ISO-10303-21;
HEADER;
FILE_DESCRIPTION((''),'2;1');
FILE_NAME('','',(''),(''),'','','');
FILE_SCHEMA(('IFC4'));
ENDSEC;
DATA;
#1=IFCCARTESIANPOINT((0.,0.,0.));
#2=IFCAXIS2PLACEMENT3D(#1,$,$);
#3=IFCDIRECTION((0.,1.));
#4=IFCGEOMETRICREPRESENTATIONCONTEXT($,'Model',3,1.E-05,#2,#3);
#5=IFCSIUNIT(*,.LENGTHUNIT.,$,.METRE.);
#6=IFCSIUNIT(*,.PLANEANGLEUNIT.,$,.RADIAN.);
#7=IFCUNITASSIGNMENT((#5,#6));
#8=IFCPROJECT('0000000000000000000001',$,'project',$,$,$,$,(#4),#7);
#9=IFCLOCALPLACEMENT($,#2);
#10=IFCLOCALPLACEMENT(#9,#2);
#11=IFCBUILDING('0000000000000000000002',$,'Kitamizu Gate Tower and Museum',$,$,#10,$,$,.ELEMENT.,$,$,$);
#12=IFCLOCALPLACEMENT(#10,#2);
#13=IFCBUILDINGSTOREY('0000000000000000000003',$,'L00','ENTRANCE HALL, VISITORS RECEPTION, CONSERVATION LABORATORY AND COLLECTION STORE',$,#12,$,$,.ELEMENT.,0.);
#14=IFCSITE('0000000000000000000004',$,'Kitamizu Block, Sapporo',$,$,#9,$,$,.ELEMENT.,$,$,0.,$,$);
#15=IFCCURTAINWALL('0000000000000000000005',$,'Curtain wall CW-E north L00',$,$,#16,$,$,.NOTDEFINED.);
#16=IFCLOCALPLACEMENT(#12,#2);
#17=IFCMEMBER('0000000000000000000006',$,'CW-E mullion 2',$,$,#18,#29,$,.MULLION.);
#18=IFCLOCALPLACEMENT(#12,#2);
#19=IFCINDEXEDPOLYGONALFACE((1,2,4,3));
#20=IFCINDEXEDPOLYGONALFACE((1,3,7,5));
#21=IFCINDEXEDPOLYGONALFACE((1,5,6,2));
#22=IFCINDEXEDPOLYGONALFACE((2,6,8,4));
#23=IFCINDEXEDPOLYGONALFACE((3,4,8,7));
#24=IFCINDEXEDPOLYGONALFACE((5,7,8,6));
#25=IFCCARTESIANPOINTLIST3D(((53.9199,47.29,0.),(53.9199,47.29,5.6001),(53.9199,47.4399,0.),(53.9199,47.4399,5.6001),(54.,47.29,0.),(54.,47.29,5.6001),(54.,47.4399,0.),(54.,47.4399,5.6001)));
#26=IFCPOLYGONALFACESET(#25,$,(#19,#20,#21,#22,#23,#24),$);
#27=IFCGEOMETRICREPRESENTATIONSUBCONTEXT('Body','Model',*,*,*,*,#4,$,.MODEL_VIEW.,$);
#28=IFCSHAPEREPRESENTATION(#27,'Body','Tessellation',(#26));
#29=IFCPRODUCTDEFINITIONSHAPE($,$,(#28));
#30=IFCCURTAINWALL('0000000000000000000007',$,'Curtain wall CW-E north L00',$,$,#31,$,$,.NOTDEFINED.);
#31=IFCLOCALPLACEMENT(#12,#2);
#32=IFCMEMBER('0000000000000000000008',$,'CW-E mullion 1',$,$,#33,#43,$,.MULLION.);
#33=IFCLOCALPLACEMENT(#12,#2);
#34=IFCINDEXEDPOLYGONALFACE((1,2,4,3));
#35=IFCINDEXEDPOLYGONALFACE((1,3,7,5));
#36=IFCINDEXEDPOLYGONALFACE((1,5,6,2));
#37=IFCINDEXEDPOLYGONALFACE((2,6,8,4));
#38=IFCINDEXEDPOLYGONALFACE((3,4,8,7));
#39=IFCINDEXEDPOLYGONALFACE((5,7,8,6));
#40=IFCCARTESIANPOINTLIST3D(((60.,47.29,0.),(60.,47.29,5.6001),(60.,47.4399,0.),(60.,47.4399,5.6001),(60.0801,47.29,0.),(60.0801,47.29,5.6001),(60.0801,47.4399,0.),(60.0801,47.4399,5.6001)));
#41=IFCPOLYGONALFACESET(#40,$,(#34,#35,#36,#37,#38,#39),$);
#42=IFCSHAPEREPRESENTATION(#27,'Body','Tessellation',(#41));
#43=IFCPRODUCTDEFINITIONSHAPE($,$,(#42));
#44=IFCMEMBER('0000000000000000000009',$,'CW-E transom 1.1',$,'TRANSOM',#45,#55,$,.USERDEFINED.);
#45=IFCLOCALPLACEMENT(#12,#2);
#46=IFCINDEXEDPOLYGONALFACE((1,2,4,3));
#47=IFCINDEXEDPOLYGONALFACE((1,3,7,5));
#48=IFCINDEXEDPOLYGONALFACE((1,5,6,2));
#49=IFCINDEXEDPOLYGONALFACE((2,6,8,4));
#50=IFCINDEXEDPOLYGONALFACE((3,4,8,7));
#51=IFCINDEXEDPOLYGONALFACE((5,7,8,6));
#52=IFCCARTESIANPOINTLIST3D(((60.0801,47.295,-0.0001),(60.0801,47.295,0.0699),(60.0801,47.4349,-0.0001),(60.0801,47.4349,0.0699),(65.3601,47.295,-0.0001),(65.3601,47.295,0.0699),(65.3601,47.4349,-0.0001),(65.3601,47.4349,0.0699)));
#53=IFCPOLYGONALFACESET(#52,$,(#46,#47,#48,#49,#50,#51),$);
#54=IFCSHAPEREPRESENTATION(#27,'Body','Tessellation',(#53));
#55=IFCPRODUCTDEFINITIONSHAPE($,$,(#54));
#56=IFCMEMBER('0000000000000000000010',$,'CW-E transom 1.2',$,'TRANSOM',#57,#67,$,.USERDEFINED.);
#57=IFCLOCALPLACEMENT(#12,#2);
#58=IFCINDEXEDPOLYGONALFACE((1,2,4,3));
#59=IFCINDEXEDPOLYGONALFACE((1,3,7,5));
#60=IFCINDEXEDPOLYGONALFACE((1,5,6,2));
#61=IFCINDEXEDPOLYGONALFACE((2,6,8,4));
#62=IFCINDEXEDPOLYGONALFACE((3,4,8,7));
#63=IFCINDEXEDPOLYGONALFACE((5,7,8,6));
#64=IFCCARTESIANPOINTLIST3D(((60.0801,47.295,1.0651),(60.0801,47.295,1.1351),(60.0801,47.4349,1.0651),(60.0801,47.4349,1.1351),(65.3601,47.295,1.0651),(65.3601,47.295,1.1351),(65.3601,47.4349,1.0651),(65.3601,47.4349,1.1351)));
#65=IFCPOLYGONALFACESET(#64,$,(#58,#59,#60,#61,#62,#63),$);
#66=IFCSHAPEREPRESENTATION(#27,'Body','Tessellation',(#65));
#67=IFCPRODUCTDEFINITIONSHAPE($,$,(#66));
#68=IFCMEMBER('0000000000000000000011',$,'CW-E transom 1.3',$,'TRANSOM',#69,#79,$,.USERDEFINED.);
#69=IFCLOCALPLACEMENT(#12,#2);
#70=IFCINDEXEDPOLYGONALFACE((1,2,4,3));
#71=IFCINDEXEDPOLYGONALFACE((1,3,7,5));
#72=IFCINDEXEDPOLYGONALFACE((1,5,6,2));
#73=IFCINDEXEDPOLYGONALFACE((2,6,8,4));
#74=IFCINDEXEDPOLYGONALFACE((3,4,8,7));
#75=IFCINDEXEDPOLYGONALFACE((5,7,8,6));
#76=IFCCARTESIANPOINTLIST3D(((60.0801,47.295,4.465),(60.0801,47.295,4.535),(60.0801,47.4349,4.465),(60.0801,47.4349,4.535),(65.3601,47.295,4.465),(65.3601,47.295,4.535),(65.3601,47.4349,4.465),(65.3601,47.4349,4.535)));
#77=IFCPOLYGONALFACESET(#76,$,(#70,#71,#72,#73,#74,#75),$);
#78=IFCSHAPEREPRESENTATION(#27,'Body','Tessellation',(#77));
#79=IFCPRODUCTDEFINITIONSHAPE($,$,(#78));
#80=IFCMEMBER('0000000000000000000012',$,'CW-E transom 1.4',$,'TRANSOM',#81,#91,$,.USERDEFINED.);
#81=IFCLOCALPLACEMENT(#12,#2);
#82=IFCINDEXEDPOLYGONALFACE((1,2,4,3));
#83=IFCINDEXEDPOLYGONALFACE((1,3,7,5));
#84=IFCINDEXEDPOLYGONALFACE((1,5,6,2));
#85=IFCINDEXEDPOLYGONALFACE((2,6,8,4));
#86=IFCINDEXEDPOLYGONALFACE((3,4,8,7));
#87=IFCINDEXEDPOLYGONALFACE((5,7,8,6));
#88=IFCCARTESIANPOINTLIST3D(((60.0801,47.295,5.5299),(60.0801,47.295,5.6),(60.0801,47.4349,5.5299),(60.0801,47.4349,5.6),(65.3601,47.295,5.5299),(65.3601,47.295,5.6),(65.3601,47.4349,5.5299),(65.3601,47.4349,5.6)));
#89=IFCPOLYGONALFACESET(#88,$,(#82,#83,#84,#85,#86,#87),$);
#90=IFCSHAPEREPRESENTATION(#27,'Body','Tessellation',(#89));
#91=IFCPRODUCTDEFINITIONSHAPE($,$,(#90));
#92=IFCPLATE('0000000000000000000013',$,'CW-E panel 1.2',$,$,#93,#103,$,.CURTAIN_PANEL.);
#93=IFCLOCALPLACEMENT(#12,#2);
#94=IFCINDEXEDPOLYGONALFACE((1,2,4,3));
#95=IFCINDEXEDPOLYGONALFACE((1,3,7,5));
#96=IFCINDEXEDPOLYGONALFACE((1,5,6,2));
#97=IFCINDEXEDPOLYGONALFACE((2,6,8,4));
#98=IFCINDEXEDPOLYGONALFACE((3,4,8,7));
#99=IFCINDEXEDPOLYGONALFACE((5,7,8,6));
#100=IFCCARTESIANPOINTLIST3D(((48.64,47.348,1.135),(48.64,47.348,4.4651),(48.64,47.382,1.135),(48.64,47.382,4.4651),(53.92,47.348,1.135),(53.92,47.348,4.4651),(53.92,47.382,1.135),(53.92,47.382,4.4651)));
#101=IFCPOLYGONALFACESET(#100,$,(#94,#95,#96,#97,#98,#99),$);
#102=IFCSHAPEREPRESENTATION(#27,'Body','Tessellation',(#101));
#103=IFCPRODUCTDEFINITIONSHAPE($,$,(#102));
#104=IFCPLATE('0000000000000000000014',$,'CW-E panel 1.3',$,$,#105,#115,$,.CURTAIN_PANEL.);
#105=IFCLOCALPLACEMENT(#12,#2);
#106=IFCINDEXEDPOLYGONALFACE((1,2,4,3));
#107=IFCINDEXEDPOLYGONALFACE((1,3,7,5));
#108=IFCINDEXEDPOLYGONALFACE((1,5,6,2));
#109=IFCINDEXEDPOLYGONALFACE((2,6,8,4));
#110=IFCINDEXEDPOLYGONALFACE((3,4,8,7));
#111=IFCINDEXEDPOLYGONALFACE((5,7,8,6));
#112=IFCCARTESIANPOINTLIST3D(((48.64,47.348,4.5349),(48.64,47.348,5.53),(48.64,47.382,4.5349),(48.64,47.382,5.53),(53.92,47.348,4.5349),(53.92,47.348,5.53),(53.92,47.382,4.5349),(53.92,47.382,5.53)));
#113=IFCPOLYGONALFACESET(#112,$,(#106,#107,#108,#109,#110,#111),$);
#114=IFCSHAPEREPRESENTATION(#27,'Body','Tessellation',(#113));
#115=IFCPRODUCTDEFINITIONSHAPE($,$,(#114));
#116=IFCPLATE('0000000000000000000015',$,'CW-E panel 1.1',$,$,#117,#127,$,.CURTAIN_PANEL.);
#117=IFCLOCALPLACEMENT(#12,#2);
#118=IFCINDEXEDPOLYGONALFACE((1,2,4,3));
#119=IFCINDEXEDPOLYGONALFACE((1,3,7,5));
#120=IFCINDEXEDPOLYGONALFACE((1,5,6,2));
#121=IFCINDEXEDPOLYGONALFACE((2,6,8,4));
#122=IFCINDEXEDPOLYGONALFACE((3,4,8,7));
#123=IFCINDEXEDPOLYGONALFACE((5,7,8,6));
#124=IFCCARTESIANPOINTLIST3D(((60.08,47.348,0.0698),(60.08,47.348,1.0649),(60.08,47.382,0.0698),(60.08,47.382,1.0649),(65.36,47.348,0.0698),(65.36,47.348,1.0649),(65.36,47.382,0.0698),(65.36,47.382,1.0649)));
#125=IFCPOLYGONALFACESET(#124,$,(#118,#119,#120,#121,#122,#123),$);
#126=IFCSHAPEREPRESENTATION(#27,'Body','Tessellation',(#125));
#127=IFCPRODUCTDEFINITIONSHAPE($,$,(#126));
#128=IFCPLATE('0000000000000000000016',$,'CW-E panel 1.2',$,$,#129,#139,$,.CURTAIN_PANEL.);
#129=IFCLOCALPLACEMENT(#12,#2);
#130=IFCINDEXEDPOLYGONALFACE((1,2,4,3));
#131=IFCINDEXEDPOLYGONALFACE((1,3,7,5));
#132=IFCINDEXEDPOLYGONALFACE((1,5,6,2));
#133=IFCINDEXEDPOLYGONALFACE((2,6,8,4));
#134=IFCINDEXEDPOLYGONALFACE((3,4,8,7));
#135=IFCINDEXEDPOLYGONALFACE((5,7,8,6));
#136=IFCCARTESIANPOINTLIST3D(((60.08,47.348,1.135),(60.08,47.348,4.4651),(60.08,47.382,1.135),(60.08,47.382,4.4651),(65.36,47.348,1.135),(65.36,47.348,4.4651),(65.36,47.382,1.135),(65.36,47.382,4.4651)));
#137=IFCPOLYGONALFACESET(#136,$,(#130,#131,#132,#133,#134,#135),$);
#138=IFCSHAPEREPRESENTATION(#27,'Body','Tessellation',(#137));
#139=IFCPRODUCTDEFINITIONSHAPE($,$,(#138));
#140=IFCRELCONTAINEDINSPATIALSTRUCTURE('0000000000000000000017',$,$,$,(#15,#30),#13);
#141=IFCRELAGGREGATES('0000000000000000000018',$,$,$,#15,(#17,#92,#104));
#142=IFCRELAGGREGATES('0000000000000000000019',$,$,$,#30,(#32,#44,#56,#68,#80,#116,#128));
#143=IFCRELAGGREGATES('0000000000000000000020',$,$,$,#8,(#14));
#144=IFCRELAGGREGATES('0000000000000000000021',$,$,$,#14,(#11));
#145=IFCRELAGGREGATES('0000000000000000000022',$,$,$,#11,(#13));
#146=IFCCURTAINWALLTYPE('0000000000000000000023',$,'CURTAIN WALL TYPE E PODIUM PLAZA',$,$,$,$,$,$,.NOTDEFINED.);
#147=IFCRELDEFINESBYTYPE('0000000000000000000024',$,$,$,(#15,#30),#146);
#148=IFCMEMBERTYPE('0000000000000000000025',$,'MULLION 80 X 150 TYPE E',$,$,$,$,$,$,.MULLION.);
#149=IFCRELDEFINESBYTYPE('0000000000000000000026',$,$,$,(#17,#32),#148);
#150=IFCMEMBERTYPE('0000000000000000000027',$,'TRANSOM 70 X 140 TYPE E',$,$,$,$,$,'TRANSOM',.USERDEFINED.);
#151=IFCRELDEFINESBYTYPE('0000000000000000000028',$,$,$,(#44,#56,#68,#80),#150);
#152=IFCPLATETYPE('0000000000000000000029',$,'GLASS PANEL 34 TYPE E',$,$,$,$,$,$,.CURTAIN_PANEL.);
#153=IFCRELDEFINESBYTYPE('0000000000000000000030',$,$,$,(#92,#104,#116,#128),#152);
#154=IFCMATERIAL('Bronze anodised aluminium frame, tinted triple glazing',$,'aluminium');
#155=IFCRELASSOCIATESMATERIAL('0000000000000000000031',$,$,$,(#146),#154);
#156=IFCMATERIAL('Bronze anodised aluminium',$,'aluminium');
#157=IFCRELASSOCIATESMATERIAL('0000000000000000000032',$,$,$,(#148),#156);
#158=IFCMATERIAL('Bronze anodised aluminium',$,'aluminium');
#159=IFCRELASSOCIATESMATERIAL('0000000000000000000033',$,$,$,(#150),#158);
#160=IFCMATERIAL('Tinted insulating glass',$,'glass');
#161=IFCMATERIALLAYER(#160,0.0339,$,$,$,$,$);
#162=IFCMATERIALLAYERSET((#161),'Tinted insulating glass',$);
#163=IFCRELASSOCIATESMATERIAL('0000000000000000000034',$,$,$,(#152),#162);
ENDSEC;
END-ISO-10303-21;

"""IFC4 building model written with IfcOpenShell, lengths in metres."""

from ifc_helpers import new_model, si_unit, direction, frame, origin, origin_2d, place, context, subcontext, project, spatial, rectangle, extrude, material, layer, layer_set, material_profile, profile_set, type_object, element, aggregate, save


model = new_model("IFC4")

# Units and contexts
model_context = context("Model", 3, precision=1e-05, world=origin(), true_north=direction((0.0, 1.0)))
body_context = subcontext(model_context, "Body", "Model", "MODEL_VIEW")
ifc_project = project(units=[si_unit("LENGTHUNIT", "METRE"), si_unit("PLANEANGLEUNIT", "RADIAN")], contexts=[model_context])

# Site, building, storey
site_placement = place(None, origin())
site = spatial("IfcSite", under=ifc_project, at=site_placement, Name="Kitamizu Block, Sapporo", CompositionType="ELEMENT", RefElevation=0.0)
building_placement = place(site_placement, origin())
building = spatial("IfcBuilding", under=site, at=building_placement, Name="Kitamizu Gate Tower and Museum", CompositionType="ELEMENT")
storey_placement = place(building_placement, origin())
storey = spatial("IfcBuildingStorey", under=building, at=storey_placement, Name="L00", Description="ENTRANCE HALL, VISITORS RECEPTION, CONSERVATION LABORATORY AND COLLECTION STORE", CompositionType="ELEMENT", Elevation=0.0)

# Curtain wall, member
ifc_material_1 = material(Name="Bronze anodised aluminium frame, tinted triple glazing", Category="aluminium")
curtain_wall_type = type_object("IfcCurtainWallType", Name="CURTAIN WALL TYPE E PODIUM PLAZA", PredefinedType="NOTDEFINED", material=ifc_material_1)
curtain_wall_1_placement = place(storey_placement, origin())
curtain_wall_1 = element("IfcCurtainWall", 1, at=curtain_wall_1_placement, inside=storey, type_object=curtain_wall_type, Name="Curtain wall CW-E north L00", PredefinedType="NOTDEFINED")
ifc_material_2 = material(Name="Bronze anodised aluminium", Category="aluminium")
ifc_material_profile_1 = material_profile(ifc_material_2, rectangle(XDim=0.0801, YDim=0.1499, at=origin_2d()), Name="AL 80X150")
ifc_profile_set_1 = profile_set([ifc_material_profile_1], Name="Bronze anodised aluminium")
member_type_1 = type_object("IfcMemberType", Name="MULLION 80 X 150 TYPE E", PredefinedType="MULLION", material=ifc_profile_set_1)
member_1_placement = place(storey_placement, frame((53.96, 47.365, 0.0), z_axis=(0.0, 0.0, 1.0), x_axis=(1.0, 0.0, 0.0)))
member_1 = element("IfcMember", 2, at=member_1_placement, type_object=member_type_1, Name="CW-E mullion 2", PredefinedType="MULLION", context=body_context, shape_type="SweptSolid", body=[
    extrude(rectangle(XDim=0.0801, YDim=0.1499, at=origin_2d()), origin(), (0.0, 0.0, 1.0), 5.6001),
])

# Curtain wall, members
curtain_wall_2_placement = place(storey_placement, origin())
curtain_wall_2 = element("IfcCurtainWall", 3, at=curtain_wall_2_placement, inside=storey, type_object=curtain_wall_type, Name="Curtain wall CW-E north L00", PredefinedType="NOTDEFINED")
member_2_placement = place(storey_placement, frame((60.04, 47.365, 0.0), z_axis=(0.0, 0.0, 1.0), x_axis=(1.0, 0.0, 0.0)))
member_2 = element("IfcMember", 4, at=member_2_placement, type_object=member_type_1, Name="CW-E mullion 1", PredefinedType="MULLION", context=body_context, shape_type="SweptSolid", body=[
    extrude(rectangle(XDim=0.0801, YDim=0.1499, at=origin_2d()), origin(), (0.0, 0.0, 1.0), 5.6001),
])
ifc_material_3 = material(Name="Bronze anodised aluminium", Category="aluminium")
ifc_material_profile_2 = material_profile(ifc_material_3, rectangle(XDim=0.1399, YDim=0.0701, at=origin_2d()), Name="AL 70X140")
ifc_profile_set_2 = profile_set([ifc_material_profile_2], Name="Bronze anodised aluminium")
member_type_2 = type_object("IfcMemberType", Name="TRANSOM 70 X 140 TYPE E", ElementType="TRANSOM", PredefinedType="USERDEFINED", material=ifc_profile_set_2)
member_3_placement = place(storey_placement, frame((60.0801, 47.365, 0.0349), z_axis=(1.0, 0.0, 0.0), x_axis=(0.0, 1.0, 0.0)))
member_3 = element("IfcMember", 5, at=member_3_placement, type_object=member_type_2, Name="CW-E transom 1.1", ObjectType="TRANSOM", PredefinedType="USERDEFINED", context=body_context, shape_type="SweptSolid", body=[
    extrude(rectangle(XDim=0.1399, YDim=0.0701, at=origin_2d()), origin(), (0.0, 0.0, 1.0), 5.28),
])
member_4_placement = place(storey_placement, frame((60.0801, 47.365, 1.1001), z_axis=(1.0, 0.0, 0.0), x_axis=(0.0, 1.0, 0.0)))
member_4 = element("IfcMember", 6, at=member_4_placement, type_object=member_type_2, Name="CW-E transom 1.2", ObjectType="TRANSOM", PredefinedType="USERDEFINED", context=body_context, shape_type="SweptSolid", body=[
    extrude(rectangle(XDim=0.1399, YDim=0.0701, at=origin_2d()), origin(), (0.0, 0.0, 1.0), 5.28),
])
member_5_placement = place(storey_placement, frame((60.0801, 47.365, 4.5), z_axis=(1.0, 0.0, 0.0), x_axis=(0.0, 1.0, 0.0)))
member_5 = element("IfcMember", 7, at=member_5_placement, type_object=member_type_2, Name="CW-E transom 1.3", ObjectType="TRANSOM", PredefinedType="USERDEFINED", context=body_context, shape_type="SweptSolid", body=[
    extrude(rectangle(XDim=0.1399, YDim=0.0701, at=origin_2d()), origin(), (0.0, 0.0, 1.0), 5.28),
])
member_6_placement = place(storey_placement, frame((60.0801, 47.365, 5.5649), z_axis=(1.0, 0.0, 0.0), x_axis=(0.0, 1.0, 0.0)))
member_6 = element("IfcMember", 8, at=member_6_placement, type_object=member_type_2, Name="CW-E transom 1.4", ObjectType="TRANSOM", PredefinedType="USERDEFINED", context=body_context, shape_type="SweptSolid", body=[
    extrude(rectangle(XDim=0.1399, YDim=0.0701, at=origin_2d()), origin(), (0.0, 0.0, 1.0), 5.28),
])

# Plates
ifc_material_4 = material(Name="Tinted insulating glass", Category="glass")
ifc_layer_1 = layer(ifc_material_4, 0.0339)
ifc_layer_set_1 = layer_set([ifc_layer_1], Name="Tinted insulating glass")
plate_type = type_object("IfcPlateType", Name="GLASS PANEL 34 TYPE E", PredefinedType="CURTAIN_PANEL", material=ifc_layer_set_1)
plate_1_placement = place(storey_placement, frame((51.28, 47.365, 1.135), z_axis=(0.0, 0.0, 1.0), x_axis=(1.0, 0.0, 0.0)))
plate_1 = element("IfcPlate", 9, at=plate_1_placement, type_object=plate_type, Name="CW-E panel 1.2", PredefinedType="CURTAIN_PANEL", context=body_context, shape_type="SweptSolid", body=[
    extrude(rectangle(XDim=5.28, YDim=0.0339, at=origin_2d()), origin(), (0.0, 0.0, 1.0), 3.3301),
])
plate_2_placement = place(storey_placement, frame((51.28, 47.365, 4.5349), z_axis=(0.0, 0.0, 1.0), x_axis=(1.0, 0.0, 0.0)))
plate_2 = element("IfcPlate", 10, at=plate_2_placement, type_object=plate_type, Name="CW-E panel 1.3", PredefinedType="CURTAIN_PANEL", context=body_context, shape_type="SweptSolid", body=[
    extrude(rectangle(XDim=5.28, YDim=0.0339, at=origin_2d()), origin(), (0.0, 0.0, 1.0), 0.9951),
])
aggregate(curtain_wall_1, [member_1, plate_1, plate_2])
plate_3_placement = place(storey_placement, frame((62.72, 47.365, 0.0698), z_axis=(0.0, 0.0, 1.0), x_axis=(1.0, 0.0, 0.0)))
plate_3 = element("IfcPlate", 11, at=plate_3_placement, type_object=plate_type, Name="CW-E panel 1.1", PredefinedType="CURTAIN_PANEL", context=body_context, shape_type="SweptSolid", body=[
    extrude(rectangle(XDim=5.28, YDim=0.0339, at=origin_2d()), origin(), (0.0, 0.0, 1.0), 0.9951),
])
plate_4_placement = place(storey_placement, frame((62.72, 47.365, 1.135), z_axis=(0.0, 0.0, 1.0), x_axis=(1.0, 0.0, 0.0)))
plate_4 = element("IfcPlate", 12, at=plate_4_placement, type_object=plate_type, Name="CW-E panel 1.2", PredefinedType="CURTAIN_PANEL", context=body_context, shape_type="SweptSolid", body=[
    extrude(rectangle(XDim=5.28, YDim=0.0339, at=origin_2d()), origin(), (0.0, 0.0, 1.0), 3.3301),
])
aggregate(curtain_wall_2, [member_2, member_3, member_4, member_5, member_6, plate_3, plate_4])

save(model, "model.ifc")
